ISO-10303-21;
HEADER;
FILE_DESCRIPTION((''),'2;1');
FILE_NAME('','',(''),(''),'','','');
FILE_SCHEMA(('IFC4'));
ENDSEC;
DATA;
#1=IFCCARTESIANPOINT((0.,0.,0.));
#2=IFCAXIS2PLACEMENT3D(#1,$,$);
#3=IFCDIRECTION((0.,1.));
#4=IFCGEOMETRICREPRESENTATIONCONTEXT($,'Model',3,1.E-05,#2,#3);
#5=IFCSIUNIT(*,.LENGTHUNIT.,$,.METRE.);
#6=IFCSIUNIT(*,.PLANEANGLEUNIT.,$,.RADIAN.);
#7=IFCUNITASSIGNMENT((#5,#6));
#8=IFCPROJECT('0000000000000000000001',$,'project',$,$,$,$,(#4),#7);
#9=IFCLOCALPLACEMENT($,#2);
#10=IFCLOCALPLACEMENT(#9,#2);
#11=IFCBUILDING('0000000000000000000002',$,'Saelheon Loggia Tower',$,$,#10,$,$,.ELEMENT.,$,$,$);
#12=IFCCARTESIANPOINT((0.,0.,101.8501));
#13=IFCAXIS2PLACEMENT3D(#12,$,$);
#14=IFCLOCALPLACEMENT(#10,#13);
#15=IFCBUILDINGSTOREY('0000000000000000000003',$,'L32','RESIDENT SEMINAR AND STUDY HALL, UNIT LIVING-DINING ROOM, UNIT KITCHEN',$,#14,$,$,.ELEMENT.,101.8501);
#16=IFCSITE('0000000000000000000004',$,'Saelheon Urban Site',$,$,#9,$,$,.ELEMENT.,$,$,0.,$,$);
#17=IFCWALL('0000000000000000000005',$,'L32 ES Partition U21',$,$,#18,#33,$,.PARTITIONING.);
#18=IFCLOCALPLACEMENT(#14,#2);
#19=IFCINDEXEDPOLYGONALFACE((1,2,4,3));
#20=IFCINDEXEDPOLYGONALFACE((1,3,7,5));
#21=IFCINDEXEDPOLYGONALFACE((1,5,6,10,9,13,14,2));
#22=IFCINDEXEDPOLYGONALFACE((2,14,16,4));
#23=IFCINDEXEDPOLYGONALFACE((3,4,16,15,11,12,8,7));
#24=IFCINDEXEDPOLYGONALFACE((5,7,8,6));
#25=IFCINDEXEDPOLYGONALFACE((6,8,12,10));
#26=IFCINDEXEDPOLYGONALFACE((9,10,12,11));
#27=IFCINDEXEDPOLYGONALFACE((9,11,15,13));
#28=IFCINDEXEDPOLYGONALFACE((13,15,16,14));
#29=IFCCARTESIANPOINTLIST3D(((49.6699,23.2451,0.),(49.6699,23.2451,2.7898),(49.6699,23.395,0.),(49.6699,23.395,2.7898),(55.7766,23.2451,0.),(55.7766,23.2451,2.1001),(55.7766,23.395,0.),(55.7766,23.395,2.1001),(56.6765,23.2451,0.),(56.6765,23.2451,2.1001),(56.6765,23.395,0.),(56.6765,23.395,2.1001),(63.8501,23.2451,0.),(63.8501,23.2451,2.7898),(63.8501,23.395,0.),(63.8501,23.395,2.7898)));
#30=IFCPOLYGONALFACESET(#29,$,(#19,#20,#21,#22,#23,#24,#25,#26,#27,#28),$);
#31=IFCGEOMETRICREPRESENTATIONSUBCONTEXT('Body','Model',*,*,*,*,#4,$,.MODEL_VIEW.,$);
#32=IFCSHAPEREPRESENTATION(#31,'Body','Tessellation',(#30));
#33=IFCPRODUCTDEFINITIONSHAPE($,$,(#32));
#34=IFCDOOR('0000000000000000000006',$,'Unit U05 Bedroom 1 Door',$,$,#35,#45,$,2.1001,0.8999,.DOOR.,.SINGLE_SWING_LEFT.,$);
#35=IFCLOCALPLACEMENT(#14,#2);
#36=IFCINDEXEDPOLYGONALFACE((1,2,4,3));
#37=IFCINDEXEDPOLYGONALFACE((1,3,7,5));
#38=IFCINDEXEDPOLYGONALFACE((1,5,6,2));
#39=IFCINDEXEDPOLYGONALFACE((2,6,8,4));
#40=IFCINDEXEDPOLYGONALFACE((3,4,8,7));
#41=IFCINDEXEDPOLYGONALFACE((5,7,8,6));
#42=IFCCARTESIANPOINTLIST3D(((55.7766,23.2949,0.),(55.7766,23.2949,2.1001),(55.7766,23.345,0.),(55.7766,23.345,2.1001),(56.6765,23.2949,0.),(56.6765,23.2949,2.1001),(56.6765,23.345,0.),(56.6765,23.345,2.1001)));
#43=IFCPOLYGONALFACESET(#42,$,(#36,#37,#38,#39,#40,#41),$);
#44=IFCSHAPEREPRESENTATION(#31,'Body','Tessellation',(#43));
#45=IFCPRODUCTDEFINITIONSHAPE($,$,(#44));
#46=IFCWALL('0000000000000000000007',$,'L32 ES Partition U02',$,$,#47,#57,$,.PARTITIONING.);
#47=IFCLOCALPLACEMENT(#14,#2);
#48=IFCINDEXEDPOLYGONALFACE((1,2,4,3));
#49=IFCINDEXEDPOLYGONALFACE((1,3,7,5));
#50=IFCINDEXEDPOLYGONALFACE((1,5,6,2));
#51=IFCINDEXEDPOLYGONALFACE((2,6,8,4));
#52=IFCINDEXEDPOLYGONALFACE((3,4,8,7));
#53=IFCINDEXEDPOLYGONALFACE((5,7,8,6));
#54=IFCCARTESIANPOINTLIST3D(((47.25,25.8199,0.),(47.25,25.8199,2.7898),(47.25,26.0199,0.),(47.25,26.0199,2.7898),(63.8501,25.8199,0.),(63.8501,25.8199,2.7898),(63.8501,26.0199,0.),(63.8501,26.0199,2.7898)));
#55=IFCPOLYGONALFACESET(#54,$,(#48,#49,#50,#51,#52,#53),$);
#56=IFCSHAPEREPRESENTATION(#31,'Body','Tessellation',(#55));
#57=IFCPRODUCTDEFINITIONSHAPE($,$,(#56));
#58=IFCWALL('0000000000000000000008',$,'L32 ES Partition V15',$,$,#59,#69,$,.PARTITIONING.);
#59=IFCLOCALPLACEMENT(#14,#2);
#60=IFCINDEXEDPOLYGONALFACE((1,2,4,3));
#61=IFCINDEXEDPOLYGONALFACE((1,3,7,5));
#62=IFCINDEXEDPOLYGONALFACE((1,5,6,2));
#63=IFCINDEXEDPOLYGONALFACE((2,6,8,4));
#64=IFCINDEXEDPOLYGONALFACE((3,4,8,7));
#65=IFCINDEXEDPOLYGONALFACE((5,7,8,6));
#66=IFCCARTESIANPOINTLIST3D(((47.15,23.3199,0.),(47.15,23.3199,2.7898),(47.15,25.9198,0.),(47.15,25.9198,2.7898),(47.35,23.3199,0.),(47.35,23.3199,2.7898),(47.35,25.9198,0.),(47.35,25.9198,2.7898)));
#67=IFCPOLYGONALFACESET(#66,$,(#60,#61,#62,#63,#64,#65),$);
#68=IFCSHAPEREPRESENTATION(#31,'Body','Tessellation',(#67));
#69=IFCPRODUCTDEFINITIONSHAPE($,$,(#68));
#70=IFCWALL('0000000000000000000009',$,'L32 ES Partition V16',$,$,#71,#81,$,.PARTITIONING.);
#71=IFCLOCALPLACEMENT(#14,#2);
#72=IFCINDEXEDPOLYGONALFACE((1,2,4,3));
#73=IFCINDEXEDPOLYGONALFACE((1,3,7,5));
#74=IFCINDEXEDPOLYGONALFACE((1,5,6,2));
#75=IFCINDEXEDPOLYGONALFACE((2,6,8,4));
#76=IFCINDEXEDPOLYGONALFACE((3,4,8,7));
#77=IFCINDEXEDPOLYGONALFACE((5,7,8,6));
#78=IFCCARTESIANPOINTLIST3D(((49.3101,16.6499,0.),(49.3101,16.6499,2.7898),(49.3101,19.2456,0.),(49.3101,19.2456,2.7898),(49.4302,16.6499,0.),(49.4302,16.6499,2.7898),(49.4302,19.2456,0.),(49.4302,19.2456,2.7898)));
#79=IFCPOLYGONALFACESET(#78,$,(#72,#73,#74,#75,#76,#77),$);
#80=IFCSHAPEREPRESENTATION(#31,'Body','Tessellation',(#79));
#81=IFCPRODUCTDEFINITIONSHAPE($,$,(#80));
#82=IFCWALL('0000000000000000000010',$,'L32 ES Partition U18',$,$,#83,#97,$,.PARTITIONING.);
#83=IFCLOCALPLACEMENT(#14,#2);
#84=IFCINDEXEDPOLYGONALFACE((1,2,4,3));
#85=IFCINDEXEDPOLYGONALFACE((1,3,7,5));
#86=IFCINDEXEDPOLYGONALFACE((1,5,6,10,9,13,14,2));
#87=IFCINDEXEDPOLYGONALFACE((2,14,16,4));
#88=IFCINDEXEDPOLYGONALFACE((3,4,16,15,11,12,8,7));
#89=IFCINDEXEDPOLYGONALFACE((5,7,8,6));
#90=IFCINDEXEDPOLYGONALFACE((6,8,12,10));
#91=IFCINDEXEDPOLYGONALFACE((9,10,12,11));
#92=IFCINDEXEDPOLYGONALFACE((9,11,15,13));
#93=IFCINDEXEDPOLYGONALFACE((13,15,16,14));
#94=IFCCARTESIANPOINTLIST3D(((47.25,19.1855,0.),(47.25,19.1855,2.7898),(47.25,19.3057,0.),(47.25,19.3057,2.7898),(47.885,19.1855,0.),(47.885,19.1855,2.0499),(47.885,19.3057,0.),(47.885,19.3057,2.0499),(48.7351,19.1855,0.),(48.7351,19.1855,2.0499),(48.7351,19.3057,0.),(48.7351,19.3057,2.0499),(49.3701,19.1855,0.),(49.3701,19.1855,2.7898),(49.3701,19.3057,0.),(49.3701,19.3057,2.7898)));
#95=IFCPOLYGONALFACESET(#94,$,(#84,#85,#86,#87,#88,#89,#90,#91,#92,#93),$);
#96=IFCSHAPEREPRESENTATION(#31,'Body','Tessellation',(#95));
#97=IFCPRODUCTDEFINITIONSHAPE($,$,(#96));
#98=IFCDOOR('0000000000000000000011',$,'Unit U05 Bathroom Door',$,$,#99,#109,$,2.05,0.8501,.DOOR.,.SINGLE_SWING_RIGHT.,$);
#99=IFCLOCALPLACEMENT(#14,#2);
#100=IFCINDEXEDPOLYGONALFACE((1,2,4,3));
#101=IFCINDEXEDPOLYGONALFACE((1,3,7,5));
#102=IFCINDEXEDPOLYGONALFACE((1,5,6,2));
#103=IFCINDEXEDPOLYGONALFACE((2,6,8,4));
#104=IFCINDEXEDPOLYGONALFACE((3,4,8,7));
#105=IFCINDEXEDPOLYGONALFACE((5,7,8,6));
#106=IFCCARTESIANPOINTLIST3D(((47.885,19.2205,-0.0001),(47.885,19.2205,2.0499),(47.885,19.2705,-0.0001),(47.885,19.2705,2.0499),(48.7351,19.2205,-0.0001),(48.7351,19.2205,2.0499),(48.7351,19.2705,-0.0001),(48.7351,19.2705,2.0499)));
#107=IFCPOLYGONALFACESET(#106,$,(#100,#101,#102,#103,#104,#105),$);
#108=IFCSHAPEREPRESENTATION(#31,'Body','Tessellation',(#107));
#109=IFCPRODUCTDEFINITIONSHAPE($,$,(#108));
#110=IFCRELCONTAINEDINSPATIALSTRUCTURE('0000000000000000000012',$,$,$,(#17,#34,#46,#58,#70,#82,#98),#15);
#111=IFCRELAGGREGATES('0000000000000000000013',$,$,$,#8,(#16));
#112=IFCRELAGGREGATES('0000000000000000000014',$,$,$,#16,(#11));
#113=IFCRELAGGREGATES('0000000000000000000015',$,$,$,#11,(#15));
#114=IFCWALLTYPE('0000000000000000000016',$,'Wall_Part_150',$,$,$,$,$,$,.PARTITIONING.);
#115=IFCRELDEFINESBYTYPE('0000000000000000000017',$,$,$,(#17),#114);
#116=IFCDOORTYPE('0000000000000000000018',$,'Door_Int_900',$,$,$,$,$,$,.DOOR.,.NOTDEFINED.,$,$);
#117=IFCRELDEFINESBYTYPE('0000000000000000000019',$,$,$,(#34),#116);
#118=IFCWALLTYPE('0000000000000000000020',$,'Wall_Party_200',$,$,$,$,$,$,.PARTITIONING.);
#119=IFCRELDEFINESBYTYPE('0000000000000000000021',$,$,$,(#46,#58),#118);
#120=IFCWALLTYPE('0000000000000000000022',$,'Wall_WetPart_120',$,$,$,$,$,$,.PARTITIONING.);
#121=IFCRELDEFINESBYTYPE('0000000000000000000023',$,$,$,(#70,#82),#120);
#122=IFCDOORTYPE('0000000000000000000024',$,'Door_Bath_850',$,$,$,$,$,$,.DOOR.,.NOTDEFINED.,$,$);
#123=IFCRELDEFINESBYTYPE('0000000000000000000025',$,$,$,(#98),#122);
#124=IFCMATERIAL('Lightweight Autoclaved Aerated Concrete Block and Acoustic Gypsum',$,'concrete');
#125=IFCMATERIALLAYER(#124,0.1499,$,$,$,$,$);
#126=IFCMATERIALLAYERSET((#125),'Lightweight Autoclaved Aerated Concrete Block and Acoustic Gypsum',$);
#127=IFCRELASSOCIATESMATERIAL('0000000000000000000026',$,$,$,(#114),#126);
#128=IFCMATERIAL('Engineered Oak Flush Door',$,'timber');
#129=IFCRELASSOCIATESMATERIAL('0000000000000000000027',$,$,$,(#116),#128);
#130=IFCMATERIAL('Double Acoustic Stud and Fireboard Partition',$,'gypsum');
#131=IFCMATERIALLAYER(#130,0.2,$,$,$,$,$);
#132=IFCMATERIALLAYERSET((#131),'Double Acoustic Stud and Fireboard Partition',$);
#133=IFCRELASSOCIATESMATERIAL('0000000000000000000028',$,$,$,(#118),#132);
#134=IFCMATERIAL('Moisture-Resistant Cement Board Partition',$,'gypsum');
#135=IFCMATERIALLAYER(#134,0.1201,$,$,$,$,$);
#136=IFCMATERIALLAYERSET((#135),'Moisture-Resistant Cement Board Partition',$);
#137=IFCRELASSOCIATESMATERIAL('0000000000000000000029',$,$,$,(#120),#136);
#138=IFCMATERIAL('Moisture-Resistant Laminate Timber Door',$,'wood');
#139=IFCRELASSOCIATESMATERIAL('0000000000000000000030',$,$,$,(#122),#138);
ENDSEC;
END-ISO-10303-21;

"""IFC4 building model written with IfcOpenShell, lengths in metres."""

from ifc_helpers import new_model, si_unit, direction, frame, frame_2d, origin, place, context, subcontext, project, spatial, rectangle, extrude, source, transform, mapped, material, layer, layer_set, type_object, element, fill, save


model = new_model("IFC4")

# Units and contexts
model_context = context("Model", 3, precision=1e-05, world=origin(), true_north=direction((0.0, 1.0)))
body_context = subcontext(model_context, "Body", "Model", "MODEL_VIEW")
ifc_project = project(units=[si_unit("LENGTHUNIT", "METRE"), si_unit("PLANEANGLEUNIT", "RADIAN")], contexts=[model_context])

# Site, building, storey
site_placement = place(None, origin())
site = spatial("IfcSite", under=ifc_project, at=site_placement, Name="Saelheon Urban Site", CompositionType="ELEMENT", RefElevation=0.0)
building_placement = place(site_placement, origin())
building = spatial("IfcBuilding", under=site, at=building_placement, Name="Saelheon Loggia Tower", CompositionType="ELEMENT")
storey_placement = place(building_placement, frame((0.0, 0.0, 101.8501)))
storey = spatial("IfcBuildingStorey", under=building, at=storey_placement, Name="L32", Description="RESIDENT SEMINAR AND STUDY HALL, UNIT LIVING-DINING ROOM, UNIT KITCHEN", CompositionType="ELEMENT", Elevation=101.8501)

# Shared definitions
ifc_material_1 = material(Name="Lightweight Autoclaved Aerated Concrete Block and Acoustic Gypsum", Category="concrete")
ifc_layer_1 = layer(ifc_material_1, 0.1499)
ifc_layer_set_1 = layer_set([ifc_layer_1], Name="Lightweight Autoclaved Aerated Concrete Block and Acoustic Gypsum")
wall_type_1 = type_object("IfcWallType", Name="Wall_Part_150", PredefinedType="PARTITIONING", material=ifc_layer_set_1)

# Wall, opening, door
ifc_material_2 = material(Name="Engineered Oak Flush Door", Category="timber")
door_type_1 = type_object("IfcDoorType", Name="Door_Int_900", OperationType="NOTDEFINED", PredefinedType="DOOR", material=ifc_material_2)
shared_shape_1 = source(origin(), body_context, "Body", "SweptSolid", [
    extrude(rectangle(XDim=0.8999, YDim=2.1001, at=frame_2d((0.45, 1.05))), frame((0.0, 0.0249, 0.0), z_axis=(0.0, -1.0, 0.0), x_axis=(1.0, 0.0, 0.0)), (0.0, 0.0, 1.0), 0.05),
])
wall_1_placement = place(storey_placement, frame((49.6699, 23.3201, 0.0), z_axis=(0.0, 0.0, 1.0), x_axis=(1.0, 0.0, 0.0)))
wall_1 = element("IfcWall", 1, at=wall_1_placement, inside=storey, type_object=wall_type_1, Name="L32 ES Partition U21", PredefinedType="PARTITIONING", context=body_context, shape_type="SweptSolid", body=[
    extrude(rectangle(XDim=14.1802, YDim=0.1499, at=frame_2d((7.0901, 0.0))), origin(), (0.0, 0.0, 1.0), 2.7898),
])
opening_1_placement = place(wall_1_placement, frame((6.1067, 0.0, 0.0)))
opening_1 = element("IfcOpeningElement", 2, at=opening_1_placement, cuts=wall_1, PredefinedType="OPENING", context=body_context, shape_type="SweptSolid", body=[
    extrude(rectangle(XDim=0.8999, YDim=2.1001, at=frame_2d((0.45, 1.05))), frame((0.0, 0.0869, 0.0), z_axis=(0.0, -1.0, 0.0), x_axis=(1.0, 0.0, 0.0)), (0.0, 0.0, 1.0), 0.1738),
])
door_1_placement = place(opening_1_placement, origin())
door_1 = element("IfcDoor", 3, at=door_1_placement, inside=storey, type_object=door_type_1, Name="Unit U05 Bedroom 1 Door", OperationType="SINGLE_SWING_LEFT", OverallHeight=2.1001, OverallWidth=0.8999, PredefinedType="DOOR", context=body_context, shape_type="MappedRepresentation", body=[
    mapped(shared_shape_1, transform((0.0, 0.0, 0.0), scale=1.0)),
])
fill(opening_1, door_1)

# Walls
ifc_material_3 = material(Name="Double Acoustic Stud and Fireboard Partition", Category="gypsum")
ifc_layer_2 = layer(ifc_material_3, 0.2)
ifc_layer_set_2 = layer_set([ifc_layer_2], Name="Double Acoustic Stud and Fireboard Partition")
wall_type_2 = type_object("IfcWallType", Name="Wall_Party_200", PredefinedType="PARTITIONING", material=ifc_layer_set_2)
wall_2_placement = place(storey_placement, frame((47.25, 25.9199, 0.0), z_axis=(0.0, 0.0, 1.0), x_axis=(1.0, 0.0, 0.0)))
element("IfcWall", 4, at=wall_2_placement, inside=storey, type_object=wall_type_2, Name="L32 ES Partition U02", PredefinedType="PARTITIONING", context=body_context, shape_type="SweptSolid", body=[
    extrude(rectangle(XDim=16.6001, YDim=0.2, at=frame_2d((8.3, 0.0))), origin(), (0.0, 0.0, 1.0), 2.7898),
])
wall_3_placement = place(storey_placement, frame((47.25, 23.3201, 0.0), z_axis=(0.0, 0.0, 1.0), x_axis=(0.0, 1.0, 0.0)))
element("IfcWall", 5, at=wall_3_placement, inside=storey, type_object=wall_type_2, Name="L32 ES Partition V15", PredefinedType="PARTITIONING", context=body_context, shape_type="SweptSolid", body=[
    extrude(rectangle(XDim=2.5999, YDim=0.2, at=frame_2d((1.2998, 0.0))), origin(), (0.0, 0.0, 1.0), 2.7898),
])
ifc_material_4 = material(Name="Moisture-Resistant Cement Board Partition", Category="gypsum")
ifc_layer_3 = layer(ifc_material_4, 0.1201)
ifc_layer_set_3 = layer_set([ifc_layer_3], Name="Moisture-Resistant Cement Board Partition")
wall_type_3 = type_object("IfcWallType", Name="Wall_WetPart_120", PredefinedType="PARTITIONING", material=ifc_layer_set_3)
wall_4_placement = place(storey_placement, frame((49.3701, 16.6499, 0.0), z_axis=(0.0, 0.0, 1.0), x_axis=(0.0, 1.0, 0.0)))
element("IfcWall", 6, at=wall_4_placement, inside=storey, type_object=wall_type_3, Name="L32 ES Partition V16", PredefinedType="PARTITIONING", context=body_context, shape_type="SweptSolid", body=[
    extrude(rectangle(XDim=2.5957, YDim=0.1201, at=frame_2d((1.2979, 0.0))), origin(), (0.0, 0.0, 1.0), 2.7898),
])

# Wall, opening, door
wall_5_placement = place(storey_placement, frame((47.25, 19.2456, 0.0), z_axis=(0.0, 0.0, 1.0), x_axis=(1.0, 0.0, 0.0)))
wall_5 = element("IfcWall", 7, at=wall_5_placement, inside=storey, type_object=wall_type_3, Name="L32 ES Partition U18", PredefinedType="PARTITIONING", context=body_context, shape_type="SweptSolid", body=[
    extrude(rectangle(XDim=2.1201, YDim=0.1201, at=frame_2d((1.0601, 0.0))), origin(), (0.0, 0.0, 1.0), 2.7898),
])
opening_2_placement = place(wall_5_placement, frame((0.635, 0.0, 0.0)))
opening_2 = element("IfcOpeningElement", 8, at=opening_2_placement, cuts=wall_5, PredefinedType="OPENING", context=body_context, shape_type="SweptSolid", body=[
    extrude(rectangle(XDim=0.8501, YDim=2.05, at=frame_2d((0.425, 1.0249))), frame((0.0, 0.072, 0.0), z_axis=(0.0, -1.0, 0.0), x_axis=(1.0, 0.0, 0.0)), (0.0, 0.0, 1.0), 0.144),
])
ifc_material_5 = material(Name="Moisture-Resistant Laminate Timber Door", Category="wood")
door_type_2 = type_object("IfcDoorType", Name="Door_Bath_850", OperationType="NOTDEFINED", PredefinedType="DOOR", material=ifc_material_5)
shared_shape_2 = source(origin(), body_context, "Body", "SweptSolid", [
    extrude(rectangle(XDim=0.8501, YDim=2.05, at=frame_2d((0.425, 1.0249))), frame((0.0, 0.0249, 0.0), z_axis=(0.0, -1.0, 0.0), x_axis=(1.0, 0.0, 0.0)), (0.0, 0.0, 1.0), 0.05),
])
door_2_placement = place(opening_2_placement, origin())
door_2 = element("IfcDoor", 9, at=door_2_placement, inside=storey, type_object=door_type_2, Name="Unit U05 Bathroom Door", OperationType="SINGLE_SWING_RIGHT", OverallHeight=2.05, OverallWidth=0.8501, PredefinedType="DOOR", context=body_context, shape_type="MappedRepresentation", body=[
    mapped(shared_shape_2, transform((0.0, 0.0, 0.0), scale=1.0)),
])
fill(opening_2, door_2)

save(model, "model.ifc")
